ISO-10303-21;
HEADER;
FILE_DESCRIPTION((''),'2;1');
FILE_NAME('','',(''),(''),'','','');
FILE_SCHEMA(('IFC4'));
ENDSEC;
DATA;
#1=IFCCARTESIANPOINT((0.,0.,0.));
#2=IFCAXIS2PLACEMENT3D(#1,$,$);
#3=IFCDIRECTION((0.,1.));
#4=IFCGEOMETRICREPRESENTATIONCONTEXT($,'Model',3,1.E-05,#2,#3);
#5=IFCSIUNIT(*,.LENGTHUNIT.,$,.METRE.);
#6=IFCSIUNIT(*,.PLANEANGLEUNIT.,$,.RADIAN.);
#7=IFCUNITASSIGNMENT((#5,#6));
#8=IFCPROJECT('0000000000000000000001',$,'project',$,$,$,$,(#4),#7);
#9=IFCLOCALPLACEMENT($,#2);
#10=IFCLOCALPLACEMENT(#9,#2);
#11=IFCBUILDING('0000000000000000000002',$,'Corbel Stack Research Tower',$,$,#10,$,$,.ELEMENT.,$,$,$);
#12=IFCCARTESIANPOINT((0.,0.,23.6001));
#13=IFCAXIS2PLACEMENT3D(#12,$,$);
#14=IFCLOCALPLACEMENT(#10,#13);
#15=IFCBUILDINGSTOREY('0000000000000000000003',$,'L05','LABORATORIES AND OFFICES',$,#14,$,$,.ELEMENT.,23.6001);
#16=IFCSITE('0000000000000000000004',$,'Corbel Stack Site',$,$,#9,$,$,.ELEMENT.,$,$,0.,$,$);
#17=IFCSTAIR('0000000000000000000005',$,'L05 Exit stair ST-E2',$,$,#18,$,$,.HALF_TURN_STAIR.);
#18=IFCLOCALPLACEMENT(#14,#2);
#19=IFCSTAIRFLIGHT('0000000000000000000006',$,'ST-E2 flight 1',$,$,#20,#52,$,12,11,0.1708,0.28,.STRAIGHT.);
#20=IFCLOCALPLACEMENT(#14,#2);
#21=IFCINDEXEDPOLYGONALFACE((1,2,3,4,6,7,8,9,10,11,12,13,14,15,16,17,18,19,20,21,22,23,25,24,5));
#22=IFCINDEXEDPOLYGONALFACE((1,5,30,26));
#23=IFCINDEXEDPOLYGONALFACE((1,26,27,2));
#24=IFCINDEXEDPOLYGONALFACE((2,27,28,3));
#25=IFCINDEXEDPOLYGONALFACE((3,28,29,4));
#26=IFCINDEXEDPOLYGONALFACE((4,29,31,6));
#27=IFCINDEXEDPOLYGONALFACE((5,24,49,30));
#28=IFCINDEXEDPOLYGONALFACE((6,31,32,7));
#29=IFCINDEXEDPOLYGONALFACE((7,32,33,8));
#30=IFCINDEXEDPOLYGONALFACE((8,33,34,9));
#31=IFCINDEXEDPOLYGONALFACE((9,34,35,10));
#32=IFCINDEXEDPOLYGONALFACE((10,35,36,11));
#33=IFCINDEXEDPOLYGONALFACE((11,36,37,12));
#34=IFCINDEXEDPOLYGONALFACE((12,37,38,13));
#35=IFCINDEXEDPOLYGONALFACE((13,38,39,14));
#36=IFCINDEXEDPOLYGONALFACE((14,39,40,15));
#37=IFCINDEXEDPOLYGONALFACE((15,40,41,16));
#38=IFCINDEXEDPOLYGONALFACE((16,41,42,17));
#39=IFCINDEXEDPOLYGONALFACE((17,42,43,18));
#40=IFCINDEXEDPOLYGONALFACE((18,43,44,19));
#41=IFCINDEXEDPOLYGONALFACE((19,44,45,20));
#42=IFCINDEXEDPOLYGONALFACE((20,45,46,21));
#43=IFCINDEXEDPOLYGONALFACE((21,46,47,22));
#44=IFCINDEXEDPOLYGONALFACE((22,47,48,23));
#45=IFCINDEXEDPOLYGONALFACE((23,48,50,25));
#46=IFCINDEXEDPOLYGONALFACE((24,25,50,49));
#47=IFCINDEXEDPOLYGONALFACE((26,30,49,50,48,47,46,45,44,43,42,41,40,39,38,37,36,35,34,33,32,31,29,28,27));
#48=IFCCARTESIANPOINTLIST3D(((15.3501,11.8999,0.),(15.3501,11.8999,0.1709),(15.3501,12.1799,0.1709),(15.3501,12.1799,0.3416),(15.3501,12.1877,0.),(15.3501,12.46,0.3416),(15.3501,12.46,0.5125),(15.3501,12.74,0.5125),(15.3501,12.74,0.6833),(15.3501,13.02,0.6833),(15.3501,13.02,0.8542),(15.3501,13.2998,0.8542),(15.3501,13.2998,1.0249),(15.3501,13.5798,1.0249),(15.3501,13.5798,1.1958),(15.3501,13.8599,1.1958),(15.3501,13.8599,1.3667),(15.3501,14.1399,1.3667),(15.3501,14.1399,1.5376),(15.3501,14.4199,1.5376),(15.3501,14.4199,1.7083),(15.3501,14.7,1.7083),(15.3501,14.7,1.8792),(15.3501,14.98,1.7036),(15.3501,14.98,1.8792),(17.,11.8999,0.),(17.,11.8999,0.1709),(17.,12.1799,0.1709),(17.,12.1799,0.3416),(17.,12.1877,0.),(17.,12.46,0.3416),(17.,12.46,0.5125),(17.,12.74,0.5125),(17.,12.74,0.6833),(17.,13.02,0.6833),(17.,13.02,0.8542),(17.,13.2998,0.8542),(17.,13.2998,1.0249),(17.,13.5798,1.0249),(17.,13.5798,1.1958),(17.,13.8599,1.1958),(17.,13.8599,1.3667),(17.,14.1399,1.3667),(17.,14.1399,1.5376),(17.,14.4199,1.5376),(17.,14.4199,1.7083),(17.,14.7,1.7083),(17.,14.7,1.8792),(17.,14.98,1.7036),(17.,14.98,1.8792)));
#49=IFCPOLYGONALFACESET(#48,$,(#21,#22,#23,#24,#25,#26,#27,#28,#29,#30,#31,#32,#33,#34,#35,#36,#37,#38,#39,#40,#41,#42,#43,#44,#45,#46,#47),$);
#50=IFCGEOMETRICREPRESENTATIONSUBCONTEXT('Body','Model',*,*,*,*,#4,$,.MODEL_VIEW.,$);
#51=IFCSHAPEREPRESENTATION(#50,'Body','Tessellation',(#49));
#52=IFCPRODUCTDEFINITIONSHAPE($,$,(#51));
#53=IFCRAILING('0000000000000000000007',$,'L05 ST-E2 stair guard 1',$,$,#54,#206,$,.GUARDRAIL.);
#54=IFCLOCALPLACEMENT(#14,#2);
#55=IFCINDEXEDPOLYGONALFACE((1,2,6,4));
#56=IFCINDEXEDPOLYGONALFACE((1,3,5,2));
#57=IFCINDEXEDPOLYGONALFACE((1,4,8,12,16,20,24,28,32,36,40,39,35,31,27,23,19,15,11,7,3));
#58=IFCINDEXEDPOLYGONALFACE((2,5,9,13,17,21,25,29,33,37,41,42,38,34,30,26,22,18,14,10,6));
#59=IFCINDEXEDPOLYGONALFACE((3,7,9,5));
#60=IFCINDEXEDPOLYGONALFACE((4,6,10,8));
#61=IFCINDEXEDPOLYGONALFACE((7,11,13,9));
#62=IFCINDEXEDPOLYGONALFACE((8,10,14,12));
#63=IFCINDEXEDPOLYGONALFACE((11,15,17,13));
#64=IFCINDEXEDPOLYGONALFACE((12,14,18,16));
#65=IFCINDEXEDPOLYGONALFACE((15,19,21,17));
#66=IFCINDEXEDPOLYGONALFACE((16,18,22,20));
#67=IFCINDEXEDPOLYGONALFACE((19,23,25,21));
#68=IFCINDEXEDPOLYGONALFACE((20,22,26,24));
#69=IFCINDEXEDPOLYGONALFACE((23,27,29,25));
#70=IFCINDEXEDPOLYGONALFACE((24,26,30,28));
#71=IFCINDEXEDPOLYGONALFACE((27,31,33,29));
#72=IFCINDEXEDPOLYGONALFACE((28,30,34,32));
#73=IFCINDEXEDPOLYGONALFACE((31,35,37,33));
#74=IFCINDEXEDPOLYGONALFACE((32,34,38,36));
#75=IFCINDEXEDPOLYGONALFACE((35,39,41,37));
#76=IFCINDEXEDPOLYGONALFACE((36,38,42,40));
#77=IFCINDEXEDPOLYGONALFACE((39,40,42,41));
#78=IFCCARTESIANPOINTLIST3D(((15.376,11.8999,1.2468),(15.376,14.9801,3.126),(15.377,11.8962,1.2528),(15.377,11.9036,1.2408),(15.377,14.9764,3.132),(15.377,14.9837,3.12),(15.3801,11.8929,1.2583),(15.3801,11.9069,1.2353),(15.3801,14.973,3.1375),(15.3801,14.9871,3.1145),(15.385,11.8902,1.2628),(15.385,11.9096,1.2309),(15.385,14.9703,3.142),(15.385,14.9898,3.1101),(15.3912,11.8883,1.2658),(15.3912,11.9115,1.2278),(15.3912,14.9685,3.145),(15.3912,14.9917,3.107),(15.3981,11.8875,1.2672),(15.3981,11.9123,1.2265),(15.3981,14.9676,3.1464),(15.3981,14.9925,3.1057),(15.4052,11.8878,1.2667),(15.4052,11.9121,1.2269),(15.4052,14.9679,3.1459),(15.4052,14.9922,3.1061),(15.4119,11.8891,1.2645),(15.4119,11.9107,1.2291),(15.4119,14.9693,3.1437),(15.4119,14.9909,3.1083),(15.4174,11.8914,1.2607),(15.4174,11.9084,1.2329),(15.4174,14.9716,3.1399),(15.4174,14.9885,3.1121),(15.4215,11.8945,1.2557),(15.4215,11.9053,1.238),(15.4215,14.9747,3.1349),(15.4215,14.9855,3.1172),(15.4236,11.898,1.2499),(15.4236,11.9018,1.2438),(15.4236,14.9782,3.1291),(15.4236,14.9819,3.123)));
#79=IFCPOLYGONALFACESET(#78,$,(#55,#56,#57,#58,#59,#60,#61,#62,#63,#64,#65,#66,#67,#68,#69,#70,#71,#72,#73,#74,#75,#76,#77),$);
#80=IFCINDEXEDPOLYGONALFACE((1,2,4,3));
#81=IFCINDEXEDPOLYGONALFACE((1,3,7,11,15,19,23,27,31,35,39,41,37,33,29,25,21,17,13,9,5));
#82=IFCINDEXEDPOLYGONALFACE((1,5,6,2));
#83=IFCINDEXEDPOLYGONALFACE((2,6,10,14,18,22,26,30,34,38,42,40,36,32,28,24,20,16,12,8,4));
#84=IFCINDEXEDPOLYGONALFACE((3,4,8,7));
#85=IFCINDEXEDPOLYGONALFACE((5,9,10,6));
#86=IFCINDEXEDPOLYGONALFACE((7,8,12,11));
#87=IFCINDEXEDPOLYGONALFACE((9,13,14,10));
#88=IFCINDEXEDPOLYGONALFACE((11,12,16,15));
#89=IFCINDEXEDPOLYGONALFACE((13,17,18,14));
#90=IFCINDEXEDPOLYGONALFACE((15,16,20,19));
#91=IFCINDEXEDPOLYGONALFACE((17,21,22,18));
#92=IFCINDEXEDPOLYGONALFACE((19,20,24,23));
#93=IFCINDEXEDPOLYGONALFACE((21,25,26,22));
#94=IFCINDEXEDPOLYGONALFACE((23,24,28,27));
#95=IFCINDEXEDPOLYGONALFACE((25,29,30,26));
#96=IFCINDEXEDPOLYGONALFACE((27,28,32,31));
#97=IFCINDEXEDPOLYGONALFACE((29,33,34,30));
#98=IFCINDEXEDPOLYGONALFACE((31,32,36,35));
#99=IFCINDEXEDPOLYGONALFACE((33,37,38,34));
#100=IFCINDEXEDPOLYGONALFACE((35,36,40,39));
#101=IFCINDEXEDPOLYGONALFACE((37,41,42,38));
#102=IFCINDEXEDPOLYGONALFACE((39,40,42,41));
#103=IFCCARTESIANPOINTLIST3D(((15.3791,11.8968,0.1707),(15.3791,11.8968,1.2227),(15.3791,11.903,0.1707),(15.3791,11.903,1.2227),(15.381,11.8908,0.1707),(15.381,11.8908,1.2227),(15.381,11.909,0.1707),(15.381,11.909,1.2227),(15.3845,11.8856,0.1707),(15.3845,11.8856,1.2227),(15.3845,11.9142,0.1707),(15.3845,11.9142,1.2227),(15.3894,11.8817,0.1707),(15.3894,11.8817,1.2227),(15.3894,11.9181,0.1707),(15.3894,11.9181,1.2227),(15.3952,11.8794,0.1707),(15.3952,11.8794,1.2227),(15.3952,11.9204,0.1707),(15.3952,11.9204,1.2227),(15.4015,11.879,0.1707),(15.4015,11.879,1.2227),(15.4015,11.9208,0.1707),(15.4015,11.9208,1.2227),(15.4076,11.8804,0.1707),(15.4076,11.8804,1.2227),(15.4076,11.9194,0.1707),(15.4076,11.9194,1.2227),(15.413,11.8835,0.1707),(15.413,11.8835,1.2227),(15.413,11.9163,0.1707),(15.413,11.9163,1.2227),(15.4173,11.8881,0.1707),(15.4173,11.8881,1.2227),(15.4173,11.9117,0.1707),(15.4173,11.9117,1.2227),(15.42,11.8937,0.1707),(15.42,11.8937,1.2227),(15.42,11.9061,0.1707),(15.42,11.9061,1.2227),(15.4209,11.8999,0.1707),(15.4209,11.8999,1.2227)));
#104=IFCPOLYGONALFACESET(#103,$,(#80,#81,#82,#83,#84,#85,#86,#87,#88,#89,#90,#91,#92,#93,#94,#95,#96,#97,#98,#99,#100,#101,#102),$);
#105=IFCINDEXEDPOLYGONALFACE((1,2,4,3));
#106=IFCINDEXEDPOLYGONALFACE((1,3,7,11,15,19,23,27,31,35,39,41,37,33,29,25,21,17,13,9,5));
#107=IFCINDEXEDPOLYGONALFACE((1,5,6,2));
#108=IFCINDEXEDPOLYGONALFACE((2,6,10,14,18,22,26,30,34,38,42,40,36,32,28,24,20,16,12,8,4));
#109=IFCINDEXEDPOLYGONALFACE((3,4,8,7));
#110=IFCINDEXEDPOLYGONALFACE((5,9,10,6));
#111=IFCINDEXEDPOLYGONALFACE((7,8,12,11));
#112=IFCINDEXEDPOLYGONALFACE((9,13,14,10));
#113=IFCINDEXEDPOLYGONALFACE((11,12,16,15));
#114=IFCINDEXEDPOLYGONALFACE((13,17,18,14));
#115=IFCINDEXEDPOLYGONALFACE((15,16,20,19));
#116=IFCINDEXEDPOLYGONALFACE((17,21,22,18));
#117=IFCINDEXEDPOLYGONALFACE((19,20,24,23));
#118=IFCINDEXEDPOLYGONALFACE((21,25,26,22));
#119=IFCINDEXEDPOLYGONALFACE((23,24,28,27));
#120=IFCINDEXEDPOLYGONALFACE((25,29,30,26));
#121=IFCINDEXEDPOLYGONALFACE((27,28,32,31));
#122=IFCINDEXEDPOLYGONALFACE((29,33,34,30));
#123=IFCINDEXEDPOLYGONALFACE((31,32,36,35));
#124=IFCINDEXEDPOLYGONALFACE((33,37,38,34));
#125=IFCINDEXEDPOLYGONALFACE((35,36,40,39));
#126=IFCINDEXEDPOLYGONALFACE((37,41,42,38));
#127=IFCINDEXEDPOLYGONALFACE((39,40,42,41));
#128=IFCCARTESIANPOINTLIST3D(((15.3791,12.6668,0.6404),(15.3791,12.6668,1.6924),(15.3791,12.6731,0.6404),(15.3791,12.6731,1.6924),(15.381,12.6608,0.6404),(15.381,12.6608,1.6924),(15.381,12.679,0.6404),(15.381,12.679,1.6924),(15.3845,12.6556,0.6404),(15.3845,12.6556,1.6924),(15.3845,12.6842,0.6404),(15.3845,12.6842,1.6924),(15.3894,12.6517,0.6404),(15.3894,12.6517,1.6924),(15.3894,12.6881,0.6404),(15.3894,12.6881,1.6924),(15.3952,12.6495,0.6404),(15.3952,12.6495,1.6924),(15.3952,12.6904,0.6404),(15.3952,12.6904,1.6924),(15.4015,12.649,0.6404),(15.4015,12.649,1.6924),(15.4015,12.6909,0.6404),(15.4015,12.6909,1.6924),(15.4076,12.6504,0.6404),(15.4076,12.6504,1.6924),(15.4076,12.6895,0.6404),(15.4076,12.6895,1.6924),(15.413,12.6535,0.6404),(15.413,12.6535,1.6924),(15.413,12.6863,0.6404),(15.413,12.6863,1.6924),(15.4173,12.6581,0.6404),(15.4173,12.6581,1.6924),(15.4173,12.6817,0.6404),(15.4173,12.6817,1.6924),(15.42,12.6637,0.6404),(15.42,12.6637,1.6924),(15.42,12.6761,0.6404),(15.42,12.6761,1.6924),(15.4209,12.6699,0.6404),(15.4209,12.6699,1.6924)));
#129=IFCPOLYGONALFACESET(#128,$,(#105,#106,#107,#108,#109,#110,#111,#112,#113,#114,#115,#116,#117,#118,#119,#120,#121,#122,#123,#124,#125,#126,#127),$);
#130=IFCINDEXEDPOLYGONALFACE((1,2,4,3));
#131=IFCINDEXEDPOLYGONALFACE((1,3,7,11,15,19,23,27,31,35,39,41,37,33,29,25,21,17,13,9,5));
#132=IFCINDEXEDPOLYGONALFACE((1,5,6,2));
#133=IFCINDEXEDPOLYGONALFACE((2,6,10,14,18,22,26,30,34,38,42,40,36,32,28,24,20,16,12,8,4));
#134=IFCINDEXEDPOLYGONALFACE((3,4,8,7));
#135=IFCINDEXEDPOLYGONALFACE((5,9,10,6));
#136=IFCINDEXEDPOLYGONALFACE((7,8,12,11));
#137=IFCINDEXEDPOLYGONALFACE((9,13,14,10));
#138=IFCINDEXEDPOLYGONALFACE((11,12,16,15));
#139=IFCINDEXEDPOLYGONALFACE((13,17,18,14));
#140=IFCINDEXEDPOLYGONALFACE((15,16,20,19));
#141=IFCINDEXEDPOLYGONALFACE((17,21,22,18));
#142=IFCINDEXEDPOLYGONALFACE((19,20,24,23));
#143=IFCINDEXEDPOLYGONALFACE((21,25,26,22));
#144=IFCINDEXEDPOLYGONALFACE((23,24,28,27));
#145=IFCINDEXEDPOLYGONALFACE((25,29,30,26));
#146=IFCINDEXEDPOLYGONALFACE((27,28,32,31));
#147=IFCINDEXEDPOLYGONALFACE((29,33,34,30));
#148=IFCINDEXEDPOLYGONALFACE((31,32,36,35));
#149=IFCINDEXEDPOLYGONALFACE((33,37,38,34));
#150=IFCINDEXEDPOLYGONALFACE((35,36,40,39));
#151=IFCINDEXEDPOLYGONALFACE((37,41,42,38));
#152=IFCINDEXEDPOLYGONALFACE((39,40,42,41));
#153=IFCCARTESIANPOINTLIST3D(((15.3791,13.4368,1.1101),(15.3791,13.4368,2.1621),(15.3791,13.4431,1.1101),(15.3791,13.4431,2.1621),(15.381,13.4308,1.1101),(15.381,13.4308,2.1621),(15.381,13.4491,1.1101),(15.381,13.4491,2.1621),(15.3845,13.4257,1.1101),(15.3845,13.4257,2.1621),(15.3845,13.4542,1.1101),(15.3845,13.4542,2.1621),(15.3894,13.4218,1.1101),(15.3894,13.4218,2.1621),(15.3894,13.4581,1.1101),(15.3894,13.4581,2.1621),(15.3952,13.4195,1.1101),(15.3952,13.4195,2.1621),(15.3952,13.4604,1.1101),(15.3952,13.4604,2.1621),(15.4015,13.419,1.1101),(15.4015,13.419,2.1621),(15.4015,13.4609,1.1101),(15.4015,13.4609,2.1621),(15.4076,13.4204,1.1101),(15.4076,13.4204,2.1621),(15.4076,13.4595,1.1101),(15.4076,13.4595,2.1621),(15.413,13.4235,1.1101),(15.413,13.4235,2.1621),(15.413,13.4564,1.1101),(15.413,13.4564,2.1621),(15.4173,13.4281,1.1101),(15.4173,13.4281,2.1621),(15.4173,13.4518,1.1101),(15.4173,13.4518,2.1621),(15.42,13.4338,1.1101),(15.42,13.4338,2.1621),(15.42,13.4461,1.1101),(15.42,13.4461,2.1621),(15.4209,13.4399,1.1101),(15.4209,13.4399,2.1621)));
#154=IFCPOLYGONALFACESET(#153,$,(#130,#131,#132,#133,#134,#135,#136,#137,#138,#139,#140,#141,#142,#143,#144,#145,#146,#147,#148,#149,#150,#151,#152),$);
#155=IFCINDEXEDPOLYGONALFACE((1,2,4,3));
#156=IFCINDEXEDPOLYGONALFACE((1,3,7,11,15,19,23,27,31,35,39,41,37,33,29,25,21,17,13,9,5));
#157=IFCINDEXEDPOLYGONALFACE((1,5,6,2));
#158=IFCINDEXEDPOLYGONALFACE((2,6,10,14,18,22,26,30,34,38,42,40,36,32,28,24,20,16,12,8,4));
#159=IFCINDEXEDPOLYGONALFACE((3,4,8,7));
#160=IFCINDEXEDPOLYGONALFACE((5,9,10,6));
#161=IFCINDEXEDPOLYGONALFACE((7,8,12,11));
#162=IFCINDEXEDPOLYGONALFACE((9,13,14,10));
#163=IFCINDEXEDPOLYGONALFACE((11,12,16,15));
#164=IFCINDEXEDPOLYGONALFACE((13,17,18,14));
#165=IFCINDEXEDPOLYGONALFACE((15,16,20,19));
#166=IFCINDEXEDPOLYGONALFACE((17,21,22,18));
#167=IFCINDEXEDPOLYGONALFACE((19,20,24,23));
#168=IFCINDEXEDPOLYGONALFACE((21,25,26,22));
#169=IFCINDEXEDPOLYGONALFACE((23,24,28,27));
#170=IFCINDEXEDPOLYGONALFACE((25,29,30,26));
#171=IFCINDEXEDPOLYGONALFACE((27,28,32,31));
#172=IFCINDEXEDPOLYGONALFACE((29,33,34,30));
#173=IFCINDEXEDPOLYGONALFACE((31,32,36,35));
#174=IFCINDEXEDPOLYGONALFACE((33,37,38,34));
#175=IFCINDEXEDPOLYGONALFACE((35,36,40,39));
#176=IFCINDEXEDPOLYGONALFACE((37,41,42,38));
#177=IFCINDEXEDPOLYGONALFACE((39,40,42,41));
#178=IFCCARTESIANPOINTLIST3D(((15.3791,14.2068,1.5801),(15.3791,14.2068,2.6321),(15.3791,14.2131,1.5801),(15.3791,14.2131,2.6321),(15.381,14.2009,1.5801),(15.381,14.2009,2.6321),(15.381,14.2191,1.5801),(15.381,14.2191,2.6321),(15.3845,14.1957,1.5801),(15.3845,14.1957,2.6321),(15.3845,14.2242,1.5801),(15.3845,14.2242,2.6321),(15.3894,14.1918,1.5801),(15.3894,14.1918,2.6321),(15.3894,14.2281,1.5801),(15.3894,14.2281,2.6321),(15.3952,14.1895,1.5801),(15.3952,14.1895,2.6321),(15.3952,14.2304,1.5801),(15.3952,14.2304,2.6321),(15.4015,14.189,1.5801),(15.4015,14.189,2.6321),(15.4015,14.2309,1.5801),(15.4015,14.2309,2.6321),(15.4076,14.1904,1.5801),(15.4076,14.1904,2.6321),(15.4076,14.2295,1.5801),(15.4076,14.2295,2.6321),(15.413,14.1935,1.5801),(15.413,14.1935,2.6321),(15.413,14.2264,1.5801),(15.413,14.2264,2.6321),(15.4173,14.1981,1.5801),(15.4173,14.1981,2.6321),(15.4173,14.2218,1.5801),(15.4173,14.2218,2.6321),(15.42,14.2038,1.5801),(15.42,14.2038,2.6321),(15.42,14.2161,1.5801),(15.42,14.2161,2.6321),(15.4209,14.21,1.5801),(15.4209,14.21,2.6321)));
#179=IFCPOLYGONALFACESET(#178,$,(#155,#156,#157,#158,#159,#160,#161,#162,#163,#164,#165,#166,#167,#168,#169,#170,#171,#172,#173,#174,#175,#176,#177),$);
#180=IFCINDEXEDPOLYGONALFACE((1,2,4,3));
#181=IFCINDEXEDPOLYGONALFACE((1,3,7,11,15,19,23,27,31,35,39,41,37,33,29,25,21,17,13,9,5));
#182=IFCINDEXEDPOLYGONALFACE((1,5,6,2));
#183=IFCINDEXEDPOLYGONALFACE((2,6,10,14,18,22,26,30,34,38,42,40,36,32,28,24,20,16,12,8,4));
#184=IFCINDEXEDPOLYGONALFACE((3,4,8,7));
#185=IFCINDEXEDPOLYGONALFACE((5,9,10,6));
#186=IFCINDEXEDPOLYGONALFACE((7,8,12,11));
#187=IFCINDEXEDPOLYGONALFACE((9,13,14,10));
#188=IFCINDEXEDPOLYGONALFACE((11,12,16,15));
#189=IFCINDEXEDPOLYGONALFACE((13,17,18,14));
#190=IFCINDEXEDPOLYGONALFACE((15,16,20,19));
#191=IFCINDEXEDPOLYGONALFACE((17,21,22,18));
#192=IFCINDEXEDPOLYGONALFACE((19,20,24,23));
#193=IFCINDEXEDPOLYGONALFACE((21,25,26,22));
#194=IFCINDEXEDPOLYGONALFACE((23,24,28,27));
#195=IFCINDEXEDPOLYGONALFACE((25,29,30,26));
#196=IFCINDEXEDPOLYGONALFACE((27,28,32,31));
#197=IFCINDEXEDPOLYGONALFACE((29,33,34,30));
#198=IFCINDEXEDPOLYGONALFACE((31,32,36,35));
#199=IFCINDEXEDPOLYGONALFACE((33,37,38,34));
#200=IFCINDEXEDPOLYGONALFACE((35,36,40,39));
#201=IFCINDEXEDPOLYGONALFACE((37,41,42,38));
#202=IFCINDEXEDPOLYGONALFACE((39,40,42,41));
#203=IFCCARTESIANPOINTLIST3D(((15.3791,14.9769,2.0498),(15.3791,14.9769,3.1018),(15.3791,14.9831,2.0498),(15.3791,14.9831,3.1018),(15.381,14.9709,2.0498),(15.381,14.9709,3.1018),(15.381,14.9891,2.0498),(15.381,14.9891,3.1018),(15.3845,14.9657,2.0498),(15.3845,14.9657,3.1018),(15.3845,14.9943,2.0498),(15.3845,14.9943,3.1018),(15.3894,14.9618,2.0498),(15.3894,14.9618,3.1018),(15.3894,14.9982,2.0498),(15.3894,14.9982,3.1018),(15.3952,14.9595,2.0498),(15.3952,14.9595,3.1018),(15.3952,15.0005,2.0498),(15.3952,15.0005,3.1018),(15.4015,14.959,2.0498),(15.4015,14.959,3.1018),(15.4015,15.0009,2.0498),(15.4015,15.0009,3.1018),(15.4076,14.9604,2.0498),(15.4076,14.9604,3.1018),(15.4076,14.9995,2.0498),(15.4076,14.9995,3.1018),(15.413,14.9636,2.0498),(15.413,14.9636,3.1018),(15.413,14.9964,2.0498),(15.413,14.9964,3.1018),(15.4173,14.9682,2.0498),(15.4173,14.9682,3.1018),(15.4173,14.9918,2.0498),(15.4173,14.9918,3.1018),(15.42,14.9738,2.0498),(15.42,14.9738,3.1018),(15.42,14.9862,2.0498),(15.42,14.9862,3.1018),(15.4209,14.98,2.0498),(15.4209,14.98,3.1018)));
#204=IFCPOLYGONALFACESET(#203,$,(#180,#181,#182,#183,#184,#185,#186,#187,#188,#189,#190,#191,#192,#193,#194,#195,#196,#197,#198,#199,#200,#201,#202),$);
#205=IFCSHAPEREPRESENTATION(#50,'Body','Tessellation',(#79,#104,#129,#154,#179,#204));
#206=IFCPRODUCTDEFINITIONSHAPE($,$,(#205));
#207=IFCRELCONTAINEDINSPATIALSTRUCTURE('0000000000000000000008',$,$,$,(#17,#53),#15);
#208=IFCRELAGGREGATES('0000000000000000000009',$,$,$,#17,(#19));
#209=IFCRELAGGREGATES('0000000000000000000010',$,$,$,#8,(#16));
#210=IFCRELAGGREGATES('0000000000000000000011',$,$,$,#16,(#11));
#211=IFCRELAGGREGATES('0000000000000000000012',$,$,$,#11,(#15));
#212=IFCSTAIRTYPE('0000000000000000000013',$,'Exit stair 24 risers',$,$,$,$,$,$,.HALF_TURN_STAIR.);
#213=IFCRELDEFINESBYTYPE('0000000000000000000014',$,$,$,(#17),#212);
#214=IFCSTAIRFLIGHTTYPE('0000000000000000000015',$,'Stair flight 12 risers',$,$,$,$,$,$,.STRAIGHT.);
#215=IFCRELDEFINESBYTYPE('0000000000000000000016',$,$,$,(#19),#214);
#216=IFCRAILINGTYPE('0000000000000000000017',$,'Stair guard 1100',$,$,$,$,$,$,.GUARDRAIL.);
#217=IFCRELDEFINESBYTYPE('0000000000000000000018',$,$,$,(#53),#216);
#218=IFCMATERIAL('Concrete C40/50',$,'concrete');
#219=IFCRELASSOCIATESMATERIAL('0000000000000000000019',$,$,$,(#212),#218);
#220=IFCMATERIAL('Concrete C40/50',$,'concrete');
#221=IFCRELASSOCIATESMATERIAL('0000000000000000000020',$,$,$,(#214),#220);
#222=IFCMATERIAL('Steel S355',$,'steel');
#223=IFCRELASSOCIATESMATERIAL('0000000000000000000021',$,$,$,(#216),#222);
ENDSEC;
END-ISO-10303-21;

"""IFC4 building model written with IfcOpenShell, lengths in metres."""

from ifc_helpers import new_model, si_unit, direction, frame, origin, origin_2d, place, context, subcontext, project, spatial, polyline, circle, outline, extrude, material, type_object, element, aggregate, save


model = new_model("IFC4")

# Units and contexts
model_context = context("Model", 3, precision=1e-05, world=origin(), true_north=direction((0.0, 1.0)))
body_context = subcontext(model_context, "Body", "Model", "MODEL_VIEW")
ifc_project = project(units=[si_unit("LENGTHUNIT", "METRE"), si_unit("PLANEANGLEUNIT", "RADIAN")], contexts=[model_context])

# Site, building, storey
site_placement = place(None, origin())
site = spatial("IfcSite", under=ifc_project, at=site_placement, Name="Corbel Stack Site", CompositionType="ELEMENT", RefElevation=0.0)
building_placement = place(site_placement, origin())
building = spatial("IfcBuilding", under=site, at=building_placement, Name="Corbel Stack Research Tower", CompositionType="ELEMENT")
storey_placement = place(building_placement, frame((0.0, 0.0, 23.6001)))
storey = spatial("IfcBuildingStorey", under=building, at=storey_placement, Name="L05", Description="LABORATORIES AND OFFICES", CompositionType="ELEMENT", Elevation=23.6001)

# Stair, stair flight
ifc_material_1 = material(Name="Concrete C40/50", Category="concrete")
stair_type = type_object("IfcStairType", Name="Exit stair 24 risers", PredefinedType="HALF_TURN_STAIR", material=ifc_material_1)
stair_placement = place(storey_placement, origin())
stair = element("IfcStair", 1, at=stair_placement, inside=storey, type_object=stair_type, Name="L05 Exit stair ST-E2", PredefinedType="HALF_TURN_STAIR")
ifc_material_2 = material(Name="Concrete C40/50", Category="concrete")
stair_flight_type = type_object("IfcStairFlightType", Name="Stair flight 12 risers", PredefinedType="STRAIGHT", material=ifc_material_2)
stair_flight_placement = place(storey_placement, frame((16.175, 11.8999, 0.0), z_axis=(0.0, 0.0, 1.0), x_axis=(0.0, 1.0, 0.0)))
stair_flight = element("IfcStairFlight", 2, at=stair_flight_placement, type_object=stair_flight_type, Name="ST-E2 flight 1", NumberOfRisers=12, NumberOfTreads=11, PredefinedType="STRAIGHT", RiserHeight=0.1708, TreadLength=0.28, context=body_context, shape_type="SweptSolid", body=[
    extrude(outline(polyline([(0.0, 0.0), (0.0, 0.1709), (0.28, 0.1709), (0.28, 0.3416), (0.5601, 0.3416), (0.5601, 0.5125), (0.8401, 0.5125), (0.8401, 0.6833), (1.1201, 0.6833), (1.1201, 0.8542), (1.3999, 0.8542), (1.3999, 1.0249), (1.6799, 1.0249), (1.6799, 1.1958), (1.96, 1.1958), (1.96, 1.3667), (2.24, 1.3667), (2.24, 1.5376), (2.52, 1.5376), (2.52, 1.7083), (2.8, 1.7083), (2.8, 1.8792), (3.0801, 1.8792), (3.0801, 2.05), (3.0801, 1.7036), (0.2878, 0.0), (0.0, 0.0)])), frame((0.0, 0.825, 0.0), z_axis=(0.0, -1.0, 0.0), x_axis=(1.0, 0.0, 0.0)), (0.0, 0.0, 1.0), 1.6499),
])
aggregate(stair, [stair_flight])

# Railing
ifc_material_3 = material(Name="Steel S355", Category="steel")
railing_type_1 = type_object("IfcRailingType", Name="Stair guard 1100", PredefinedType="GUARDRAIL", material=ifc_material_3)
railing_1_placement = place(storey_placement, frame((15.3999, 11.8999, 0.1707)))
element("IfcRailing", 3, at=railing_1_placement, inside=storey, type_object=railing_type_1, Name="L05 ST-E2 stair guard 1", PredefinedType="GUARDRAIL", context=body_context, shape_type="SweptSolid", body=[
    extrude(circle(Radius=0.0239, at=origin_2d()), frame((0.0, 0.0, 1.0762), z_axis=(0.0, 0.853666, 0.52082), x_axis=(-1.0, 0.0, 0.0)), (0.0, 0.0, 1.0), 3.6082),
    extrude(circle(Radius=0.021, at=origin_2d()), origin(), (0.0, 0.0, 1.0), 1.052),
    extrude(circle(Radius=0.021, at=origin_2d()), frame((0.0, 0.77, 0.4697)), (0.0, 0.0, 1.0), 1.052),
    extrude(circle(Radius=0.021, at=origin_2d()), frame((0.0, 1.54, 0.9395)), (0.0, 0.0, 1.0), 1.052),
    extrude(circle(Radius=0.021, at=origin_2d()), frame((0.0, 2.3101, 1.4094)), (0.0, 0.0, 1.0), 1.052),
    extrude(circle(Radius=0.021, at=origin_2d()), frame((0.0, 3.0801, 1.8792)), (0.0, 0.0, 1.0), 1.052),
])

save(model, "model.ifc")
